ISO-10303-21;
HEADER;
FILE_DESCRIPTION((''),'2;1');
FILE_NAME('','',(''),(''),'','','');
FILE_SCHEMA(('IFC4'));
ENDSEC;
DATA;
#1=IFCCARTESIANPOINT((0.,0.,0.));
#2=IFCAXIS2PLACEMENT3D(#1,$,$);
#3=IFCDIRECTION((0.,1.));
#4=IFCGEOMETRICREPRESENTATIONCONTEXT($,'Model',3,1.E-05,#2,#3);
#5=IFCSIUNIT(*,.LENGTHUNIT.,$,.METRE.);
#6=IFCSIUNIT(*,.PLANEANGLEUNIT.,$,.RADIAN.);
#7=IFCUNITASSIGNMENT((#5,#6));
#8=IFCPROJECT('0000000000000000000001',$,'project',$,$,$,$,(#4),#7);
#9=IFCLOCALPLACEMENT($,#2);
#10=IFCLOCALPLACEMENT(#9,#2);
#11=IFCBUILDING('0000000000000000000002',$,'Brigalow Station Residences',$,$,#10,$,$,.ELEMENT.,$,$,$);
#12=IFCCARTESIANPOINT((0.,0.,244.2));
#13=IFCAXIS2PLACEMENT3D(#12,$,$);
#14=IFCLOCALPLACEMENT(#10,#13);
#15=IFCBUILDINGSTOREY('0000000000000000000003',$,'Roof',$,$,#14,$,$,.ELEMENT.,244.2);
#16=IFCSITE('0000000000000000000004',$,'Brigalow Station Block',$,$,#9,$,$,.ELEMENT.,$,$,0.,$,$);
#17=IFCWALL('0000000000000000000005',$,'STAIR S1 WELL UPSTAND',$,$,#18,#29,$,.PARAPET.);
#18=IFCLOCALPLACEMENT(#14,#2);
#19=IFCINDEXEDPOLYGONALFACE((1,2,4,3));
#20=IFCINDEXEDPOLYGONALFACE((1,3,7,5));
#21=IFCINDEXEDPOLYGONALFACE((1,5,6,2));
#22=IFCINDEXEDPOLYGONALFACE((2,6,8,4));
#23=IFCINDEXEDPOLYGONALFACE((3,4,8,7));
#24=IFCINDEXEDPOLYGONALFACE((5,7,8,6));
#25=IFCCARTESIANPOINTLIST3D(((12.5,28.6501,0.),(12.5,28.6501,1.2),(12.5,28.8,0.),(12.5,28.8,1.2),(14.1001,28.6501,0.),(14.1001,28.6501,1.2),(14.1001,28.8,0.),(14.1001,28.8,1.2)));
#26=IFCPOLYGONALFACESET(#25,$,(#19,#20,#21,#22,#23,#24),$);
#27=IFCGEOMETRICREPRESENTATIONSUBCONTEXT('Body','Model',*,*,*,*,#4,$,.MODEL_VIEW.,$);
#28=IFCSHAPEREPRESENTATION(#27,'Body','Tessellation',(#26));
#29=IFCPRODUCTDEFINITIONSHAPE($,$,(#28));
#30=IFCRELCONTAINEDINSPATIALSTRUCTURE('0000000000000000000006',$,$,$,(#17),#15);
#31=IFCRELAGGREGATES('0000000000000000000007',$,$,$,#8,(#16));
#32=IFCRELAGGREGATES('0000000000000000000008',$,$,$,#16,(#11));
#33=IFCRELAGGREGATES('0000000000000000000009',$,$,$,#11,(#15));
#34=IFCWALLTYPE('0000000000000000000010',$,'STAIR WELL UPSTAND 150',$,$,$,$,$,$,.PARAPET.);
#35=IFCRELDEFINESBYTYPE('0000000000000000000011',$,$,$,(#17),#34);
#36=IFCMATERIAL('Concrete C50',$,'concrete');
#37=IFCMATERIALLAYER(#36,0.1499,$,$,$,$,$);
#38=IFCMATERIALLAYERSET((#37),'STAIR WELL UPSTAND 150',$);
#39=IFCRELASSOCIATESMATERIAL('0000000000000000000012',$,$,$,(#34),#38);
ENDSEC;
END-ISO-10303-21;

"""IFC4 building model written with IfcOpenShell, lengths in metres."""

from ifc_helpers import new_model, si_unit, direction, frame, frame_2d, origin, place, context, subcontext, project, spatial, rectangle, extrude, material, layer, layer_set, type_object, element, save


model = new_model("IFC4")

# Units and contexts
model_context = context("Model", 3, precision=1e-05, world=origin(), true_north=direction((0.0, 1.0)))
body_context = subcontext(model_context, "Body", "Model", "MODEL_VIEW")
ifc_project = project(units=[si_unit("LENGTHUNIT", "METRE"), si_unit("PLANEANGLEUNIT", "RADIAN")], contexts=[model_context])

# Site, building, storey
site_placement = place(None, origin())
site = spatial("IfcSite", under=ifc_project, at=site_placement, Name="Brigalow Station Block", CompositionType="ELEMENT", RefElevation=0.0)
building_placement = place(site_placement, origin())
building = spatial("IfcBuilding", under=site, at=building_placement, Name="Brigalow Station Residences", CompositionType="ELEMENT")
storey_placement = place(building_placement, frame((0.0, 0.0, 244.2)))
storey = spatial("IfcBuildingStorey", under=building, at=storey_placement, Name="Roof", CompositionType="ELEMENT", Elevation=244.2)

# Wall
ifc_material_1 = material(Name="Concrete C50", Category="concrete")
ifc_layer_1 = layer(ifc_material_1, 0.1499)
ifc_layer_set_1 = layer_set([ifc_layer_1], Name="STAIR WELL UPSTAND 150")
wall_type_1 = type_object("IfcWallType", Name="STAIR WELL UPSTAND 150", PredefinedType="PARAPET", material=ifc_layer_set_1)
wall_1_placement = place(storey_placement, frame((12.5, 28.7251, 0.0), z_axis=(0.0, 0.0, 1.0), x_axis=(1.0, 0.0, 0.0)))
element("IfcWall", 1, at=wall_1_placement, inside=storey, type_object=wall_type_1, Name="STAIR S1 WELL UPSTAND", PredefinedType="PARAPET", context=body_context, shape_type="SweptSolid", body=[
    extrude(rectangle(XDim=1.6001, YDim=0.1499, at=frame_2d((0.8, 0.0))), origin(), (0.0, 0.0, 1.0), 1.2),
])

save(model, "model.ifc")
